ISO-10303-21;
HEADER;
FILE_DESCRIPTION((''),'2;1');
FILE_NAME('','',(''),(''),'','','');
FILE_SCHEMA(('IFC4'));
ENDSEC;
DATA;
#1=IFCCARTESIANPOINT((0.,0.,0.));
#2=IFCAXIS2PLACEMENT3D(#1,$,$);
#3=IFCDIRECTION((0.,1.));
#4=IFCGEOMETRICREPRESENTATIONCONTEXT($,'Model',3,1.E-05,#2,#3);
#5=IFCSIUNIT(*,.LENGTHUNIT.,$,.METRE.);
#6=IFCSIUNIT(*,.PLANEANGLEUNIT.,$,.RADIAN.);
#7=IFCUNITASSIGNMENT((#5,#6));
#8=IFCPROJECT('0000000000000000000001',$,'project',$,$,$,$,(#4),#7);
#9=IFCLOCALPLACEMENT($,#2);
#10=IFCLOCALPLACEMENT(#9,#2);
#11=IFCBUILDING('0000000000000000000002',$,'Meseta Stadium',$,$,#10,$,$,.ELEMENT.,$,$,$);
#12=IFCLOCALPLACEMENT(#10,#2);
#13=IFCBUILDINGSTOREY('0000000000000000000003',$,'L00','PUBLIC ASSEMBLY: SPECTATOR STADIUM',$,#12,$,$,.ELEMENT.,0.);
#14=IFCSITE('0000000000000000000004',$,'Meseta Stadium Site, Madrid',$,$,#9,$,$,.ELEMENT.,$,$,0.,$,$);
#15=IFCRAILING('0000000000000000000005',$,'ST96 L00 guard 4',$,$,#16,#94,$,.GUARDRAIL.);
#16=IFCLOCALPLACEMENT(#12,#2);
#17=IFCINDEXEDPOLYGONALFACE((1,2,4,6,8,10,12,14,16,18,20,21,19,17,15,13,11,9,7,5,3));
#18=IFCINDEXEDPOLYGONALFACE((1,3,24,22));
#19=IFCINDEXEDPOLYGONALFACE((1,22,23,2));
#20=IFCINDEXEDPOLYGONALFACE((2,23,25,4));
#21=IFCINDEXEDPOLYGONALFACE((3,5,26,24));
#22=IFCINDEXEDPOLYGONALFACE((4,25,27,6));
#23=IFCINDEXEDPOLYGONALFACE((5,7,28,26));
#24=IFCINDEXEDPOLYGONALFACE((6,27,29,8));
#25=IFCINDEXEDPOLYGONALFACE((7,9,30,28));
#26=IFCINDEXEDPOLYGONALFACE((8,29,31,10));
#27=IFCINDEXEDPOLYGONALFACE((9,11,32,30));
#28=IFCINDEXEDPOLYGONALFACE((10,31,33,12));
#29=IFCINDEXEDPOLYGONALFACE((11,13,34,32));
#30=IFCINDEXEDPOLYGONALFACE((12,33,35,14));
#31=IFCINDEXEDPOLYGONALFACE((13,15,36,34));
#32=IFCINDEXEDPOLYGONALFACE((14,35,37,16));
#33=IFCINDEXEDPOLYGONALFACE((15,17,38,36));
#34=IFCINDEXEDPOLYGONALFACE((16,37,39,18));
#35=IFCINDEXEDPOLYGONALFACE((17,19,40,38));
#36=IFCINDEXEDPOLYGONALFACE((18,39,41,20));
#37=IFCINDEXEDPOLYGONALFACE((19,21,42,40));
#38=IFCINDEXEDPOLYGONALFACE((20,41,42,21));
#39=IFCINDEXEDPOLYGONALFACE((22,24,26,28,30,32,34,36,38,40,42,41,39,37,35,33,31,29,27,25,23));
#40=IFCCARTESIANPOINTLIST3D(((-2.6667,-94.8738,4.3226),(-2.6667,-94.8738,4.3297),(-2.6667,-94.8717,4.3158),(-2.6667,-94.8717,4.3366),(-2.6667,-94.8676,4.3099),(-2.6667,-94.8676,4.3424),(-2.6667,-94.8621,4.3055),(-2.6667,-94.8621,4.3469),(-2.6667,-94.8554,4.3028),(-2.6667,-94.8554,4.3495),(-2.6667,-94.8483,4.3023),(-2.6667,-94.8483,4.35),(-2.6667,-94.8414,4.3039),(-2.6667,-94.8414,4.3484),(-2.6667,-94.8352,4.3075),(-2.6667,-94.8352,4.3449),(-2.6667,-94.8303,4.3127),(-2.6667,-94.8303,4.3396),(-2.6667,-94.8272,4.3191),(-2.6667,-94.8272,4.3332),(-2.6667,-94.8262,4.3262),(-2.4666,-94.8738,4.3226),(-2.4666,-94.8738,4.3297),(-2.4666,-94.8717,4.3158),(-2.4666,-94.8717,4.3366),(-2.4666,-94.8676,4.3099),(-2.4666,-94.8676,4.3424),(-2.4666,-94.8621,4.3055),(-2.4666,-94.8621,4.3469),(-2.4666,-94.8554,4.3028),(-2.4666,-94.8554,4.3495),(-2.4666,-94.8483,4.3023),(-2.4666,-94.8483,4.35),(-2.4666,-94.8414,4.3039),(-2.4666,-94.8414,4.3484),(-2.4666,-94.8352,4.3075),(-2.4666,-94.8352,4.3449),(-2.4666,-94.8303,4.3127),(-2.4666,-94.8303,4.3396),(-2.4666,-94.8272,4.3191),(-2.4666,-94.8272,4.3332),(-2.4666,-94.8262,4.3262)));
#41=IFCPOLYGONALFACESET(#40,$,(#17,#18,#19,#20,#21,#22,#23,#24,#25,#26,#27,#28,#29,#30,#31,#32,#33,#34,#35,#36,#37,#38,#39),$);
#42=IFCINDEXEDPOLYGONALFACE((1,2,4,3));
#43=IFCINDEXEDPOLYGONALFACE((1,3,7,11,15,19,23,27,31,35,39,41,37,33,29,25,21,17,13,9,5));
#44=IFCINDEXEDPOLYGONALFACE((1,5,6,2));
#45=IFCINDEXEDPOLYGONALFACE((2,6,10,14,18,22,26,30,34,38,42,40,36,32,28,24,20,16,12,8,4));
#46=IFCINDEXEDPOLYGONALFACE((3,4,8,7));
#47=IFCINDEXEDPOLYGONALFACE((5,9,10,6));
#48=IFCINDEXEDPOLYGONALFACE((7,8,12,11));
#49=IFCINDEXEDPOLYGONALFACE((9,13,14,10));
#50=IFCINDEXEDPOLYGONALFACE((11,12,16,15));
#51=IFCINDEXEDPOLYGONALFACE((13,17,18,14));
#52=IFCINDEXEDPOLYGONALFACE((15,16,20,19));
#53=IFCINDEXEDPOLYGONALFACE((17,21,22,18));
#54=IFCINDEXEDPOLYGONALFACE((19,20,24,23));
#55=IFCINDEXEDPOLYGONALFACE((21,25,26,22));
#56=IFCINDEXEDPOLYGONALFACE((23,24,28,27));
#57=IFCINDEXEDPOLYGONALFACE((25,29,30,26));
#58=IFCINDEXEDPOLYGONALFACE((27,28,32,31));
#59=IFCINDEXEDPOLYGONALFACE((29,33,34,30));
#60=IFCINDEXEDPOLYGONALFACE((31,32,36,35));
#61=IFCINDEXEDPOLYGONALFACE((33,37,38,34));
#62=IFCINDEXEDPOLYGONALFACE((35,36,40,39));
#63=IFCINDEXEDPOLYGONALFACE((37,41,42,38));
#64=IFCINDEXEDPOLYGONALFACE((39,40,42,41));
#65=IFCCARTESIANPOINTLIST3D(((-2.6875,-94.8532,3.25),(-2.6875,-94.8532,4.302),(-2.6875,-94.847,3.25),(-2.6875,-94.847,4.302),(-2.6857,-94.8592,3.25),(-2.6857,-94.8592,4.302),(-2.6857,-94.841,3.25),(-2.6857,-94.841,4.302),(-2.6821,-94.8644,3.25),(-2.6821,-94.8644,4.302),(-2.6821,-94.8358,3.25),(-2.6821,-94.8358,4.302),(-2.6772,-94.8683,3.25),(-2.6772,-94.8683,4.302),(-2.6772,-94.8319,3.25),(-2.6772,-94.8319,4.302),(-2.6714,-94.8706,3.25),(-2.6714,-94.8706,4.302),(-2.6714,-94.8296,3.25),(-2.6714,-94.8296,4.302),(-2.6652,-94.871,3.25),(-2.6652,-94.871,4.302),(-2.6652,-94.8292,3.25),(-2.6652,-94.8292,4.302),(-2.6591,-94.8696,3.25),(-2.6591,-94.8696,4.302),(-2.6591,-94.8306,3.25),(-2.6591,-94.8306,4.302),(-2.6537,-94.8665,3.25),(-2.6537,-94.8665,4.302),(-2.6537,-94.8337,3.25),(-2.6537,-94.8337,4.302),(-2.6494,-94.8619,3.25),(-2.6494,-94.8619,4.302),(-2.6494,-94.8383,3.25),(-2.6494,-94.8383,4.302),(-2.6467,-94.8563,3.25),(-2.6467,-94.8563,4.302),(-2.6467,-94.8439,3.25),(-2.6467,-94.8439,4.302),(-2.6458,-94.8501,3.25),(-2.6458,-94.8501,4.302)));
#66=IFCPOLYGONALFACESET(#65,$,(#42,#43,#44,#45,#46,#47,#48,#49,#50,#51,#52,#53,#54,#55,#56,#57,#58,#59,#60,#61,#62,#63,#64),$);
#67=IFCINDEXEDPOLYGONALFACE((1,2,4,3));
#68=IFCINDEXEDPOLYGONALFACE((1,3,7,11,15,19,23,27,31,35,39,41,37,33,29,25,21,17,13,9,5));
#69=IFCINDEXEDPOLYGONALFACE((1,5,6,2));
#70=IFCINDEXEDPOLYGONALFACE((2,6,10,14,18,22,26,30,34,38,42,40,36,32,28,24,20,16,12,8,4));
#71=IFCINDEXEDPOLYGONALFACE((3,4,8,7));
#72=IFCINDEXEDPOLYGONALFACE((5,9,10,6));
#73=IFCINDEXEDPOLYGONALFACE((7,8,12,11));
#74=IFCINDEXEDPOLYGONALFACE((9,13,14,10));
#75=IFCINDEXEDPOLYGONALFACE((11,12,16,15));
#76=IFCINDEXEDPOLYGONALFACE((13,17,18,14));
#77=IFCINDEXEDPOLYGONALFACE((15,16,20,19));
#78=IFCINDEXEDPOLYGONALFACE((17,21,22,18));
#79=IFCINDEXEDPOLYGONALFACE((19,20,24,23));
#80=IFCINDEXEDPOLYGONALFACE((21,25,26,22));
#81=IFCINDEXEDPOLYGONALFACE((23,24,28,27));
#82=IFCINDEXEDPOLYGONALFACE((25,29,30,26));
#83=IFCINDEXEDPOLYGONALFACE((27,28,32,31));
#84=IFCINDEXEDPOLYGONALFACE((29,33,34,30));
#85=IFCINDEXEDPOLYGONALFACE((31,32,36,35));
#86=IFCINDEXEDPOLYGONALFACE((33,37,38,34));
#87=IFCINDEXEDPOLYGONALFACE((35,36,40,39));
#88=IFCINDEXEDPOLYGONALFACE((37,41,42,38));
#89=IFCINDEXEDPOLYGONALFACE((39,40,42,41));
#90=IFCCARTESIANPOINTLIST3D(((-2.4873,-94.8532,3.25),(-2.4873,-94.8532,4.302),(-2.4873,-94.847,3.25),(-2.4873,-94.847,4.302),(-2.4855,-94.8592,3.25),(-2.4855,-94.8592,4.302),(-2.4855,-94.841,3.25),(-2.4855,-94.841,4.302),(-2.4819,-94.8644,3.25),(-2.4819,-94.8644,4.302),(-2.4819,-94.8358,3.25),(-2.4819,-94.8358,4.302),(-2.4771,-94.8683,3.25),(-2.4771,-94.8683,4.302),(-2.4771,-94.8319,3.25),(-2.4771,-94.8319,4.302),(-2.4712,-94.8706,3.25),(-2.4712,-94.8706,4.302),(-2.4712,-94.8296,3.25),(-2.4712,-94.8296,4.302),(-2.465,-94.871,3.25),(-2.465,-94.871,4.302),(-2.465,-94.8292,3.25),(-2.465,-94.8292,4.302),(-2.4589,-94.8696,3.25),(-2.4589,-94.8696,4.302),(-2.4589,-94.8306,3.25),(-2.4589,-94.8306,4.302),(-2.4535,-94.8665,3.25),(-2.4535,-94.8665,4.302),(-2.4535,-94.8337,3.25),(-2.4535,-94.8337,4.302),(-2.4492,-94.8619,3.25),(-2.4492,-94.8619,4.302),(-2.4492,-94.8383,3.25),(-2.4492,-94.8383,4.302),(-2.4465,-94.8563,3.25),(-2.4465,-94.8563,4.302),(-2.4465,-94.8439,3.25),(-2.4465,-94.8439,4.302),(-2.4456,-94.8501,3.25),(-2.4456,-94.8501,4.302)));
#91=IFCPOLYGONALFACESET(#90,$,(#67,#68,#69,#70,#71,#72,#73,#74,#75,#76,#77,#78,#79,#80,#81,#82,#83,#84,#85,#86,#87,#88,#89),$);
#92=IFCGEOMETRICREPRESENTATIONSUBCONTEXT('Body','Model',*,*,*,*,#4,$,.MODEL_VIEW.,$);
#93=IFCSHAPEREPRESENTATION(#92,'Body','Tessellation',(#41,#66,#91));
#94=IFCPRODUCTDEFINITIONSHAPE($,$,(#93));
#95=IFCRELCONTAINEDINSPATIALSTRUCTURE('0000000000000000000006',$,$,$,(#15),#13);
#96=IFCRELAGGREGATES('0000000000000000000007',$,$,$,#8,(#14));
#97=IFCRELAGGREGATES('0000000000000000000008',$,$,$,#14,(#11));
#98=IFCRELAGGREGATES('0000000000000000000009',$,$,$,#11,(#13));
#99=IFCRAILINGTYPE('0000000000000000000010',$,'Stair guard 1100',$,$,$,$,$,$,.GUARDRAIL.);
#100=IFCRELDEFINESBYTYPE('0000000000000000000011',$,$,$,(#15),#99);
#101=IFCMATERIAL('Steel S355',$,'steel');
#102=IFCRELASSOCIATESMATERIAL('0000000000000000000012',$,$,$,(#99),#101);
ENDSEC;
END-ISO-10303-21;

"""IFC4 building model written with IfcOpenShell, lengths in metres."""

from ifc_helpers import new_model, si_unit, direction, frame, origin, origin_2d, place, context, subcontext, project, spatial, circle, extrude, material, type_object, element, save


model = new_model("IFC4")

# Units and contexts
model_context = context("Model", 3, precision=1e-05, world=origin(), true_north=direction((0.0, 1.0)))
body_context = subcontext(model_context, "Body", "Model", "MODEL_VIEW")
ifc_project = project(units=[si_unit("LENGTHUNIT", "METRE"), si_unit("PLANEANGLEUNIT", "RADIAN")], contexts=[model_context])

# Site, building, storey
site_placement = place(None, origin())
site = spatial("IfcSite", under=ifc_project, at=site_placement, Name="Meseta Stadium Site, Madrid", CompositionType="ELEMENT", RefElevation=0.0)
building_placement = place(site_placement, origin())
building = spatial("IfcBuilding", under=site, at=building_placement, Name="Meseta Stadium", CompositionType="ELEMENT")
storey_placement = place(building_placement, origin())
storey = spatial("IfcBuildingStorey", under=building, at=storey_placement, Name="L00", Description="PUBLIC ASSEMBLY: SPECTATOR STADIUM", CompositionType="ELEMENT", Elevation=0.0)

# Railing
ifc_material_1 = material(Name="Steel S355", Category="steel")
railing_type_1 = type_object("IfcRailingType", Name="Stair guard 1100", PredefinedType="GUARDRAIL", material=ifc_material_1)
railing_1_placement = place(storey_placement, frame((-2.6667, -94.8501, 3.25)))
element("IfcRailing", 1, at=railing_1_placement, inside=storey, type_object=railing_type_1, Name="ST96 L00 guard 4", PredefinedType="GUARDRAIL", context=body_context, shape_type="SweptSolid", body=[
    extrude(circle(Radius=0.0239, at=origin_2d()), frame((0.0, 0.0, 1.0762), z_axis=(1.0, 0.0, 0.0), x_axis=(0.0, 1.0, 0.0)), (0.0, 0.0, 1.0), 0.2002),
    extrude(circle(Radius=0.021, at=origin_2d()), origin(), (0.0, 0.0, 1.0), 1.052),
    extrude(circle(Radius=0.021, at=origin_2d()), frame((0.2002, 0.0, 0.0)), (0.0, 0.0, 1.0), 1.052),
])

save(model, "model.ifc")
